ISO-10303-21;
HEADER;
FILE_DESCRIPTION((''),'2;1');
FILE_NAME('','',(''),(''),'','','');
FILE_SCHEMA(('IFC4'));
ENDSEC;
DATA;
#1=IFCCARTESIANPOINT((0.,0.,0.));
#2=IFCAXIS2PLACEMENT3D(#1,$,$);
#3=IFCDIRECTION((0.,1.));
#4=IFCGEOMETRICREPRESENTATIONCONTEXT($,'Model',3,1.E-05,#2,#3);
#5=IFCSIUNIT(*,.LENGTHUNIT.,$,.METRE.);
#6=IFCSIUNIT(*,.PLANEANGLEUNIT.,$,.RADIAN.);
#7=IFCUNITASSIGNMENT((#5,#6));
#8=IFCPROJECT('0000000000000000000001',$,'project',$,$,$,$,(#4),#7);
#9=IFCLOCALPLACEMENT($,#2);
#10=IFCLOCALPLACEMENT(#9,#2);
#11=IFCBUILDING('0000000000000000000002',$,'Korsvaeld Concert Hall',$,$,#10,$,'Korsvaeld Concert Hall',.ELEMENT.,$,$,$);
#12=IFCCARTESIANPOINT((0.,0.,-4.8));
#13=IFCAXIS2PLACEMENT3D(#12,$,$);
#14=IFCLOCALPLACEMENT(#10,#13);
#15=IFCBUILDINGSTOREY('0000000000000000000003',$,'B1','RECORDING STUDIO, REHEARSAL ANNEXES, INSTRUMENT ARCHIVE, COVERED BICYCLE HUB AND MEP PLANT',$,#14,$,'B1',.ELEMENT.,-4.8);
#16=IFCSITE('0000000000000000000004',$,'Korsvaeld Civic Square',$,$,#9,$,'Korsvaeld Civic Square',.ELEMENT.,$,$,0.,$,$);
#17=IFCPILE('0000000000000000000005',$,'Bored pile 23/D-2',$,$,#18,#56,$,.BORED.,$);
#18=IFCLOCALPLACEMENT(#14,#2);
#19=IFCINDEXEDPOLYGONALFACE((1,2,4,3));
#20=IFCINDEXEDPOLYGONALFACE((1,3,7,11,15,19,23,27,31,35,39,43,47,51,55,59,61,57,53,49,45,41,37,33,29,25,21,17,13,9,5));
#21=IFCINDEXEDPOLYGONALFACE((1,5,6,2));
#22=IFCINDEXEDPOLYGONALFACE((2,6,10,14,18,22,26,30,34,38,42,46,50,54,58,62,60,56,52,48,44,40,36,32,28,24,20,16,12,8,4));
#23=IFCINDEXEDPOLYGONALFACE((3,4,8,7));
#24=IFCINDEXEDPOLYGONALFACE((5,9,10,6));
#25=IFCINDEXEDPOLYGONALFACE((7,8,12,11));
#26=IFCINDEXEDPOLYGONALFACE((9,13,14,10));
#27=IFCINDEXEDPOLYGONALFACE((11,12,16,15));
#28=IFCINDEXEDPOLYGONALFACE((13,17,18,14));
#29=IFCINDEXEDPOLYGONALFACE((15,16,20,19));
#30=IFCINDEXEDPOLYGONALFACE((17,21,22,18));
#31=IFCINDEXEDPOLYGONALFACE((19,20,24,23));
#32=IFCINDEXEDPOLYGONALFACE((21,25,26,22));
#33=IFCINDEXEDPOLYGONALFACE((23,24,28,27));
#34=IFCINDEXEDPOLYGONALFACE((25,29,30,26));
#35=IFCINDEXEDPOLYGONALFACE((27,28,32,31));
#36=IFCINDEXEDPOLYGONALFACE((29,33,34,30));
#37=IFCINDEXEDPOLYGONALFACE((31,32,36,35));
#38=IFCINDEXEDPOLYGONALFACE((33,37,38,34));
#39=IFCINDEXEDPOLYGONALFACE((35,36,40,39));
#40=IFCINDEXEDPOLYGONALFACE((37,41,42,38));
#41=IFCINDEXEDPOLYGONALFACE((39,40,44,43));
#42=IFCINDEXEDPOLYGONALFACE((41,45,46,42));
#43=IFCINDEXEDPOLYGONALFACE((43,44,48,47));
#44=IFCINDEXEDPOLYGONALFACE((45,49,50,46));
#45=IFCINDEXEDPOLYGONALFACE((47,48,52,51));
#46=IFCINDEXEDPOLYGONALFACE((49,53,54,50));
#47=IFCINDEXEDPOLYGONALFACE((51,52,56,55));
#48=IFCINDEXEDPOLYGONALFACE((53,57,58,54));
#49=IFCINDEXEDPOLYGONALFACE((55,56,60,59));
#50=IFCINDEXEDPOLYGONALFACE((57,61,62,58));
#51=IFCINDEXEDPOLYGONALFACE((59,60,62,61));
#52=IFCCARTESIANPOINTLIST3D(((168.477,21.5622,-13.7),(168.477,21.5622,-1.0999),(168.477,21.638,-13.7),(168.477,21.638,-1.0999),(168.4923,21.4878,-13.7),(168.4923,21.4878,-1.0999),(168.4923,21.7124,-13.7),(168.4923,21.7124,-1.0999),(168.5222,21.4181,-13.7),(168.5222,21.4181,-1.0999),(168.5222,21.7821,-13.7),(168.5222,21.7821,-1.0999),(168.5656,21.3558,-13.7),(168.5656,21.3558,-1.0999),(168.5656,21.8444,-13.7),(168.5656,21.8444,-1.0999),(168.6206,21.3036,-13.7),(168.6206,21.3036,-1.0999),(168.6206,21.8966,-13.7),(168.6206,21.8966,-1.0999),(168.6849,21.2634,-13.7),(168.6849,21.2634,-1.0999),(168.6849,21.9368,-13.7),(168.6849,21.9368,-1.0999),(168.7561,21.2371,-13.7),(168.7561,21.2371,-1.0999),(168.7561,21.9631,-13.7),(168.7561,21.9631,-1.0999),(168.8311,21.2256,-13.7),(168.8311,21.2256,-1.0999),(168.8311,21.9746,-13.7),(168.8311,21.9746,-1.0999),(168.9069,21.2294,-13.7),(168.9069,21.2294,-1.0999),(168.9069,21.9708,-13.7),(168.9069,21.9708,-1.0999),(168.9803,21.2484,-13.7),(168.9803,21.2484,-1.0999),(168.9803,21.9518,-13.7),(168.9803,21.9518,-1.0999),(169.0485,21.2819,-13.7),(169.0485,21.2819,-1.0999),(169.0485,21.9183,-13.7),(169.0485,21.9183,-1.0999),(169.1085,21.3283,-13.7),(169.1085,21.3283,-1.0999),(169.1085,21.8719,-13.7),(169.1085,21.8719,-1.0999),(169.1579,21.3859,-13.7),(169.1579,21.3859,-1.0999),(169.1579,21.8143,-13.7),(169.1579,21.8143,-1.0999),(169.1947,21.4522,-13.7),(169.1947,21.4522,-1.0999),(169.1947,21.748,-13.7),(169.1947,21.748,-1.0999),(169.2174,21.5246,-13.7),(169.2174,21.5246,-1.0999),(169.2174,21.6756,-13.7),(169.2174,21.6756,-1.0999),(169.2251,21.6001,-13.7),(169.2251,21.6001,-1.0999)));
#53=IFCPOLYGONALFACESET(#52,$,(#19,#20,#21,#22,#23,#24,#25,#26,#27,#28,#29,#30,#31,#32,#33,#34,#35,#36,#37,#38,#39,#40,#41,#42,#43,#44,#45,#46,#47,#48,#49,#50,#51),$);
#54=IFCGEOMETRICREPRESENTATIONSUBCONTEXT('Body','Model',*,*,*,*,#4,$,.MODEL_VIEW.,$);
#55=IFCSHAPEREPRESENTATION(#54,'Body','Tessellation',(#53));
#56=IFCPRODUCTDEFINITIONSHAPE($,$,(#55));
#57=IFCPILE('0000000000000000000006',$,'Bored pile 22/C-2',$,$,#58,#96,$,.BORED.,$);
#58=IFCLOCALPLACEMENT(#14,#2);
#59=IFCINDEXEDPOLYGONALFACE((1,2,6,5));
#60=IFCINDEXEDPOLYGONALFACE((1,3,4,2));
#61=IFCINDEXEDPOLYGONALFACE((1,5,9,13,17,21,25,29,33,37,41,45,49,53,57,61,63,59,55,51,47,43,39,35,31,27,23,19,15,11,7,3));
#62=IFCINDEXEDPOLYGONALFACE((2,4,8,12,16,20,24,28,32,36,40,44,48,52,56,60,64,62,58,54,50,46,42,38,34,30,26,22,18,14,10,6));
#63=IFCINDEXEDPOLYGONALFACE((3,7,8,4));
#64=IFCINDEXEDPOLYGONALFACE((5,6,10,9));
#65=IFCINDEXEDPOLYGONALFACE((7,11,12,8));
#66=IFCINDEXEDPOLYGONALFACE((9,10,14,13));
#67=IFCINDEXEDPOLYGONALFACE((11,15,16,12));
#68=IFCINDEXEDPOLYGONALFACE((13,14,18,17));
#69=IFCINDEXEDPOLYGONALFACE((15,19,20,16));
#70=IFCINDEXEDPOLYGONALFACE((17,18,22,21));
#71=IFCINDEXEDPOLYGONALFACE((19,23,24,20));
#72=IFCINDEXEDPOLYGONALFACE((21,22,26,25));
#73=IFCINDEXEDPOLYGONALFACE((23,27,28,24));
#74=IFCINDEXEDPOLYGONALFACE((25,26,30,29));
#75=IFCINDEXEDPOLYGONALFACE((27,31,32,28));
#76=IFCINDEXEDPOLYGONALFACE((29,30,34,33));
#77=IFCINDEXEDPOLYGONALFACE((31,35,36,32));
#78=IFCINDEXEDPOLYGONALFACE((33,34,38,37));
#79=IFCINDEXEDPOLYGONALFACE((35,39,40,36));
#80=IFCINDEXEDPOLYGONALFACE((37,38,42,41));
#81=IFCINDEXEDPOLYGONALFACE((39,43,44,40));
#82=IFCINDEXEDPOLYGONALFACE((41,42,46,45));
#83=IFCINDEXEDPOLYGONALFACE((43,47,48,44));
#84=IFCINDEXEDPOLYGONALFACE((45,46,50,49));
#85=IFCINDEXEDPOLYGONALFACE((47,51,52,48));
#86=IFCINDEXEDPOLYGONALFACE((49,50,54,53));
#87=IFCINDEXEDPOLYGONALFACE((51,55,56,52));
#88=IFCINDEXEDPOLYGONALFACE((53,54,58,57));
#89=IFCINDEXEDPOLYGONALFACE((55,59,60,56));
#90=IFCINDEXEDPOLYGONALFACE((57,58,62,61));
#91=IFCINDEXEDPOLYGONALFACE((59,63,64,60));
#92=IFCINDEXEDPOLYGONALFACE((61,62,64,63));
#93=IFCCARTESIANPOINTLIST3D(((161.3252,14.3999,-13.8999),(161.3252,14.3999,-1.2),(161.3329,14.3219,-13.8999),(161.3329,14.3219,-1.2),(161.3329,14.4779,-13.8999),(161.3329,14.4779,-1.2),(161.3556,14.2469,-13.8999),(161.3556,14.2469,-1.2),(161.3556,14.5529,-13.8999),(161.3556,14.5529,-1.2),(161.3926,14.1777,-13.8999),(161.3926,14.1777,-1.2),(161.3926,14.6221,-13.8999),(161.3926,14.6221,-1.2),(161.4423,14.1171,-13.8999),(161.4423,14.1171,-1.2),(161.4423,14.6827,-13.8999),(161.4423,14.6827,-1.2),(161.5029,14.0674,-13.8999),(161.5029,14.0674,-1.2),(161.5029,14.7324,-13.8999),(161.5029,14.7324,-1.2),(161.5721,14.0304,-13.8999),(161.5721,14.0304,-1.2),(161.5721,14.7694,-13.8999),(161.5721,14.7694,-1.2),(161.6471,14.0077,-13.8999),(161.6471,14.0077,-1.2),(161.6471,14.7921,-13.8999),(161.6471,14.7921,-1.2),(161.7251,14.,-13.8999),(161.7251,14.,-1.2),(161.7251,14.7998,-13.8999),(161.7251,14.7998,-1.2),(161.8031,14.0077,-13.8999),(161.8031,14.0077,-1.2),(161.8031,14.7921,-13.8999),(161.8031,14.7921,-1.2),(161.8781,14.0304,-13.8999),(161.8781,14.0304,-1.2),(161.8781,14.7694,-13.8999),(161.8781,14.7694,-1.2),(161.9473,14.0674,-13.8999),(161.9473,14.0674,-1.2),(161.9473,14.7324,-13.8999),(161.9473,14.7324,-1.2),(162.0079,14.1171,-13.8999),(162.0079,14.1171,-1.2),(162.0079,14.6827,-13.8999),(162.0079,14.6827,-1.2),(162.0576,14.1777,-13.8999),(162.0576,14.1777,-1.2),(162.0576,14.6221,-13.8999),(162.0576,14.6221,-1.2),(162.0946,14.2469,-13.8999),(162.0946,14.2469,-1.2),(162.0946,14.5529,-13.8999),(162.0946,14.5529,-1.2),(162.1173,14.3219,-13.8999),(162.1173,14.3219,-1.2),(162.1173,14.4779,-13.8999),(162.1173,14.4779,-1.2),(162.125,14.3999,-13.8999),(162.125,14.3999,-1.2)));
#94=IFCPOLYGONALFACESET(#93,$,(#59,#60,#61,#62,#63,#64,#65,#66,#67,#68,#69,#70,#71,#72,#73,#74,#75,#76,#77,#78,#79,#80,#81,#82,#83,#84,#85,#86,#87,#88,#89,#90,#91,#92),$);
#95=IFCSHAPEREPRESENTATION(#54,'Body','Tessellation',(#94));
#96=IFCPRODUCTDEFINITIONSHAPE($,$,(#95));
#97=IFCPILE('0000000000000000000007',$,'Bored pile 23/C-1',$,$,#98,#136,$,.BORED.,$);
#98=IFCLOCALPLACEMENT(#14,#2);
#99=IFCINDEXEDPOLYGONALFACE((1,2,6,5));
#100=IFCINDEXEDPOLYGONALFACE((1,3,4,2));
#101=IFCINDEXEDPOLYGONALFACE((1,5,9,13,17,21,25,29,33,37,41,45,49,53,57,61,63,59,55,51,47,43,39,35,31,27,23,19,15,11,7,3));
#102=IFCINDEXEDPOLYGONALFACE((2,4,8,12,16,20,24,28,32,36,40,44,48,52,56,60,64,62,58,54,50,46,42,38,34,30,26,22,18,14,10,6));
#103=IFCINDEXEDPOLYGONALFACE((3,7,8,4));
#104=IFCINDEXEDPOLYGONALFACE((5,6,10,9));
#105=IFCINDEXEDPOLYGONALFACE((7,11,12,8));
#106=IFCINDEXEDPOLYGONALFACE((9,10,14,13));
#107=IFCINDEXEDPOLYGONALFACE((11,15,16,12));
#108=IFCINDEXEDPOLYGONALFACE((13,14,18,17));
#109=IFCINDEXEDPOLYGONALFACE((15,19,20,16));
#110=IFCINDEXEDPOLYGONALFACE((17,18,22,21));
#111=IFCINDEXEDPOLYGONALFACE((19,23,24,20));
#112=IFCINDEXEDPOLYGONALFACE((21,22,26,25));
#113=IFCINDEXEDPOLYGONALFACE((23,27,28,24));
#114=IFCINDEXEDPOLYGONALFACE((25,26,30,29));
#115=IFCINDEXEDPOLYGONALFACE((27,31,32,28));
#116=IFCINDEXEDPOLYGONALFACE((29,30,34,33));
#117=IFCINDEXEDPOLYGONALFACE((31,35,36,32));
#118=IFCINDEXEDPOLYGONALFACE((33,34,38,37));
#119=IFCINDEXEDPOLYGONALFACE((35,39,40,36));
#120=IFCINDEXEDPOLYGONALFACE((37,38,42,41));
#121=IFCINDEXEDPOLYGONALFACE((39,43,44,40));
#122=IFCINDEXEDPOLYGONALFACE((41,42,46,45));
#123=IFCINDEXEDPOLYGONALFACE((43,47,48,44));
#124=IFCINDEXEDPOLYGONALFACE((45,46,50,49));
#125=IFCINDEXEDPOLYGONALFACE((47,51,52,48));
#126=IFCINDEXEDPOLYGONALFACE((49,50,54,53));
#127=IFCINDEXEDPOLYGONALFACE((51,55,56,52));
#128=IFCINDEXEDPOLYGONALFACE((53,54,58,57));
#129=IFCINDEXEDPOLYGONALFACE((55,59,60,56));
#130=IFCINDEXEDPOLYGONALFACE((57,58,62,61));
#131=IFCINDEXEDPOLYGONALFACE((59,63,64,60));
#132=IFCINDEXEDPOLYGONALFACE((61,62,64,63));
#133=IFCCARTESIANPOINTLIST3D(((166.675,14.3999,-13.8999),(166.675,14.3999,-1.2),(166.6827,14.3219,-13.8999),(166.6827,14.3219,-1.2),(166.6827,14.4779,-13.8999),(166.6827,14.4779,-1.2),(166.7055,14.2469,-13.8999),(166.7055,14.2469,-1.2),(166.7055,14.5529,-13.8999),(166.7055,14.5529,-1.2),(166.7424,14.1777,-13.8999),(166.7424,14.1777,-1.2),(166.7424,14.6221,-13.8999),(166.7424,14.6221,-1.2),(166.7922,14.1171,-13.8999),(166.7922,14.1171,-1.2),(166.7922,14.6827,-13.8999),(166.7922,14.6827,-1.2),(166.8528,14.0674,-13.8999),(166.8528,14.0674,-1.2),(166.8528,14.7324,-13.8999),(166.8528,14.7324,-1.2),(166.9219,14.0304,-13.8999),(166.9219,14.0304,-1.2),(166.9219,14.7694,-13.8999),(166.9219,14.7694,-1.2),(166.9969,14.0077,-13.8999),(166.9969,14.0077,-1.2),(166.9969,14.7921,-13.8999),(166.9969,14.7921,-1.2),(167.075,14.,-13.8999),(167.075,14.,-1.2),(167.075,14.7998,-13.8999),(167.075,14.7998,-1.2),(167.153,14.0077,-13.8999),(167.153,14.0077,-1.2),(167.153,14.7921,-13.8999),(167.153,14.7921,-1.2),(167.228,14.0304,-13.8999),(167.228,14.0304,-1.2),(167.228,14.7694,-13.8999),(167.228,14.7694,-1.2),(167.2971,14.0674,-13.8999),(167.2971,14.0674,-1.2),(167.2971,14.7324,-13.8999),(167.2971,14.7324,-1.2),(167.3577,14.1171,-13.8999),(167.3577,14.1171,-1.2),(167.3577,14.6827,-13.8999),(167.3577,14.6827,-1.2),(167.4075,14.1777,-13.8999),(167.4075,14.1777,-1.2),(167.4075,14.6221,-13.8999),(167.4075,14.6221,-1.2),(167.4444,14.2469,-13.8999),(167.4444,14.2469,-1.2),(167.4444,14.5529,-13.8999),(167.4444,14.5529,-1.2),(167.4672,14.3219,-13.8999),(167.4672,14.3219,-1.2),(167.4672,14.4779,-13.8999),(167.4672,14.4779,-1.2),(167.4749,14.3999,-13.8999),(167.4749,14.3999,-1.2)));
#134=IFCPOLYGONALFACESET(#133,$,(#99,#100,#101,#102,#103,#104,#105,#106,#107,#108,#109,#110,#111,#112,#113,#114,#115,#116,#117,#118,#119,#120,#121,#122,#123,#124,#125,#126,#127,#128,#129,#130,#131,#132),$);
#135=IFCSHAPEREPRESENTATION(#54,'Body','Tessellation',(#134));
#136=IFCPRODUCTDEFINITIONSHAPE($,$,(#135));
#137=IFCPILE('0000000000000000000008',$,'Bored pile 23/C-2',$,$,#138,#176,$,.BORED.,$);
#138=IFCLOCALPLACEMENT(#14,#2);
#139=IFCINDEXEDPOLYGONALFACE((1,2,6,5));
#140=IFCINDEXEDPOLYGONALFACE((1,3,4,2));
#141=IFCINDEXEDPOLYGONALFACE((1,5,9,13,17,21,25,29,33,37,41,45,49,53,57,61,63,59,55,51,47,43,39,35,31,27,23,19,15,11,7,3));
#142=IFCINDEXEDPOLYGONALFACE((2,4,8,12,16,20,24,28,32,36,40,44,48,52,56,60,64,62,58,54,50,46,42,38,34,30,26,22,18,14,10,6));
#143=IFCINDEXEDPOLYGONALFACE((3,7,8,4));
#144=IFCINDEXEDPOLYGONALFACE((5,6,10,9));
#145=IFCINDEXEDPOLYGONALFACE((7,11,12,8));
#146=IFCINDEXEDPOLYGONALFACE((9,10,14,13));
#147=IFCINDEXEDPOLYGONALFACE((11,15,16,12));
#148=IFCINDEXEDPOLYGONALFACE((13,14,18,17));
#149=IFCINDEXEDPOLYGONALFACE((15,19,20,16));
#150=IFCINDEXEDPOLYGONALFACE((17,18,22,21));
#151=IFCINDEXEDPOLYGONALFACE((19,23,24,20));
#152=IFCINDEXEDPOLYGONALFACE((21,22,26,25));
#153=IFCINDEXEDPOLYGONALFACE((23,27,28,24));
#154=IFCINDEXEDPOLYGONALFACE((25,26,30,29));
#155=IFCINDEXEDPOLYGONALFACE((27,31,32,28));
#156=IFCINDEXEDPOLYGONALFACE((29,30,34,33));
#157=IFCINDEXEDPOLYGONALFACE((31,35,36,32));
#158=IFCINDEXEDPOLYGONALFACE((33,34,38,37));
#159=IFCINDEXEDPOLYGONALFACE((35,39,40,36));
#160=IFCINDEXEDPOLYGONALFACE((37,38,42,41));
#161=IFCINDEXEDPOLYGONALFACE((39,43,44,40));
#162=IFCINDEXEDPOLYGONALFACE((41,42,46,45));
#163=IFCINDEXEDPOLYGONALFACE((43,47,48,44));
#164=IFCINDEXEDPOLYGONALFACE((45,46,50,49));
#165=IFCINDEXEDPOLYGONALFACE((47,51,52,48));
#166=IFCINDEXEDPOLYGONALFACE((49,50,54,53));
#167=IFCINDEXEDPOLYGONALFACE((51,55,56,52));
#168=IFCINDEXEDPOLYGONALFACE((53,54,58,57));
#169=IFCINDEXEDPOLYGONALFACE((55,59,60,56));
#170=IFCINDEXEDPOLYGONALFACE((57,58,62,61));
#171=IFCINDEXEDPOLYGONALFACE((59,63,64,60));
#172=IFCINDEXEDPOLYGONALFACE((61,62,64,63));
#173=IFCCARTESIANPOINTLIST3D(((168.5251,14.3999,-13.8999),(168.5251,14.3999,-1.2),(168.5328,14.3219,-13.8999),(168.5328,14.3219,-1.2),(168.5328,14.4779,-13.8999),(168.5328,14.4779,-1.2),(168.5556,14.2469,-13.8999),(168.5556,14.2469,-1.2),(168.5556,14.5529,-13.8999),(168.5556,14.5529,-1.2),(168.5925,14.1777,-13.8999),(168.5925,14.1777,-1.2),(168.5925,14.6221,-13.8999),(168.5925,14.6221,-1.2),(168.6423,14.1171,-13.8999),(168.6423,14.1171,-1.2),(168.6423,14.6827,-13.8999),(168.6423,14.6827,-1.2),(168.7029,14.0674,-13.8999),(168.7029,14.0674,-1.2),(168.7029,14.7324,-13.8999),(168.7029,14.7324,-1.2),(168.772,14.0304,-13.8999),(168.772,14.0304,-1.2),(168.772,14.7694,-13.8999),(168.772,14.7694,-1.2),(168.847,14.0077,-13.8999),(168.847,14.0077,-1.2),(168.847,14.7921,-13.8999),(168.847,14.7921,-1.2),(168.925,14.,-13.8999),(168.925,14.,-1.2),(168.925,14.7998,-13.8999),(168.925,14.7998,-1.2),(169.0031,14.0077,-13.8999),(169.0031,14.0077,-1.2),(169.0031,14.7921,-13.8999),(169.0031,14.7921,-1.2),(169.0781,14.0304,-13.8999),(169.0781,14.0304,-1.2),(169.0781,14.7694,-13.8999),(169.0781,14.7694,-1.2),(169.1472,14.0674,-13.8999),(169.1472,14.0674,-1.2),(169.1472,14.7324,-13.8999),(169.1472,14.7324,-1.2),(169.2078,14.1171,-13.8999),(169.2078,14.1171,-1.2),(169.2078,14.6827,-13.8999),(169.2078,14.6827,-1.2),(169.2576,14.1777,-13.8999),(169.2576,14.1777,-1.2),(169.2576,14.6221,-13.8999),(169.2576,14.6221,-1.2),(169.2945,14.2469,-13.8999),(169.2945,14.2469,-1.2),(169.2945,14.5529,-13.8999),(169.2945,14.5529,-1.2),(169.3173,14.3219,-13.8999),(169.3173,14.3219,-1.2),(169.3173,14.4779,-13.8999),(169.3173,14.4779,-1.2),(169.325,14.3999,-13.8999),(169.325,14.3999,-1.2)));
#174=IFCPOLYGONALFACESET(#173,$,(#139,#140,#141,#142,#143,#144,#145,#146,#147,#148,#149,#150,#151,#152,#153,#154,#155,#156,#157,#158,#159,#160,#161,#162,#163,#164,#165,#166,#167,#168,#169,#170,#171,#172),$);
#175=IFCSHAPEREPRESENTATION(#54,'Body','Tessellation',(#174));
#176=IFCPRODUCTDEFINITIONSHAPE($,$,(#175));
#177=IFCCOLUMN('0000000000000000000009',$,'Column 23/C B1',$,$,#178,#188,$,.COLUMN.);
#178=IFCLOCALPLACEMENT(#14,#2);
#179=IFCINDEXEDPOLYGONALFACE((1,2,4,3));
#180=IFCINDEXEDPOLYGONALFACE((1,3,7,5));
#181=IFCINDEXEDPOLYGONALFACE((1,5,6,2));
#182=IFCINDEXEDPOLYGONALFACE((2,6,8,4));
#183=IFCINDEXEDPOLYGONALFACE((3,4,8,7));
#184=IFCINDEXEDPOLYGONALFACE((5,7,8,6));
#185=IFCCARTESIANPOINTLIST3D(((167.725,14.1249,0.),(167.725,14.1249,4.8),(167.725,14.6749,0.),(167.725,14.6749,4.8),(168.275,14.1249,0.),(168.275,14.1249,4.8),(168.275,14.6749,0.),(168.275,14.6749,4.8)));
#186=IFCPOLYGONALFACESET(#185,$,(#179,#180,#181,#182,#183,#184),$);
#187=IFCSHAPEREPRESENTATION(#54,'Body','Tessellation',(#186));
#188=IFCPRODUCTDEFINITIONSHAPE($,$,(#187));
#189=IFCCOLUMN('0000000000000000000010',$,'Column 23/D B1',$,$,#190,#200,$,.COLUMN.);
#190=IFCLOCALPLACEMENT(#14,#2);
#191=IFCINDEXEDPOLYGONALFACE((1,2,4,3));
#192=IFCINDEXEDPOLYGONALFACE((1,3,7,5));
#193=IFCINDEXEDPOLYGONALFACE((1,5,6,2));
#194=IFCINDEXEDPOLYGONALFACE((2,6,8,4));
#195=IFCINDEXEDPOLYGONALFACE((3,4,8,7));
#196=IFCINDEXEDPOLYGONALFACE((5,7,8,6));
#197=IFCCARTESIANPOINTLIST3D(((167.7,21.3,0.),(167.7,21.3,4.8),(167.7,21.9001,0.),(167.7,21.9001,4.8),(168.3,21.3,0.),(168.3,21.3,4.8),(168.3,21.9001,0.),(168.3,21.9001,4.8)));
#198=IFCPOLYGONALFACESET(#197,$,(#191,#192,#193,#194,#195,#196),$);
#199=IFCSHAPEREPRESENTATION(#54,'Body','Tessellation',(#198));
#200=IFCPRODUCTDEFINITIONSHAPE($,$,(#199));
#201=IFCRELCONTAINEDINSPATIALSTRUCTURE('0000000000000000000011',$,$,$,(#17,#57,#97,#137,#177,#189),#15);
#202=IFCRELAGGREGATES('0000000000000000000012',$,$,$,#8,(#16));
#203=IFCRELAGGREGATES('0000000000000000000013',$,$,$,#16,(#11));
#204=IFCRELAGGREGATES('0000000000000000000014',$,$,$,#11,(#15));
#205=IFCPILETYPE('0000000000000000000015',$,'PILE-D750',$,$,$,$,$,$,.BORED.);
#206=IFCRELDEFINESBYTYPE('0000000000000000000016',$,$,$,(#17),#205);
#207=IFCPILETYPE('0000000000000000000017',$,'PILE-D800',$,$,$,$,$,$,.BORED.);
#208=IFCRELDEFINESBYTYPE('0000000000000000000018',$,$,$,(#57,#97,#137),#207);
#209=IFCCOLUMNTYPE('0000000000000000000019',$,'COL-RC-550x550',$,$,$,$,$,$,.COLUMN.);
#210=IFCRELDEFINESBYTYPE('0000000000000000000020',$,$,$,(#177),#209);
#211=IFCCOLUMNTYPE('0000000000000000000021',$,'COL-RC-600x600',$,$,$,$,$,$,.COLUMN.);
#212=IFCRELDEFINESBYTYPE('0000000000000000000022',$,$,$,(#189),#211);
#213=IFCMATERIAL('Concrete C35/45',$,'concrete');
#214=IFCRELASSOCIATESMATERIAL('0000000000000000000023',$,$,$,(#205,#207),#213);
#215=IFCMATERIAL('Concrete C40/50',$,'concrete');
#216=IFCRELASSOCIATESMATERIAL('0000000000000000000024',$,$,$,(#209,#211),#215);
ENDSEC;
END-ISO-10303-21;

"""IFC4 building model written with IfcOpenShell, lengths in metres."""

from ifc_helpers import new_model, si_unit, direction, frame, origin, origin_2d, place, context, subcontext, project, spatial, rectangle, circle, extrude, material, material_profile, profile_set, type_object, element, save


model = new_model("IFC4")

# Units and contexts
model_context = context("Model", 3, precision=1e-05, world=origin(), true_north=direction((0.0, 1.0)))
body_context = subcontext(model_context, "Body", "Model", "MODEL_VIEW")
ifc_project = project(units=[si_unit("LENGTHUNIT", "METRE"), si_unit("PLANEANGLEUNIT", "RADIAN")], contexts=[model_context])

# Site, building, storey
site_placement = place(None, origin())
site = spatial("IfcSite", under=ifc_project, at=site_placement, Name="Korsvaeld Civic Square", LongName="Korsvaeld Civic Square", CompositionType="ELEMENT", RefElevation=0.0)
building_placement = place(site_placement, origin())
building = spatial("IfcBuilding", under=site, at=building_placement, Name="Korsvaeld Concert Hall", LongName="Korsvaeld Concert Hall", CompositionType="ELEMENT")
storey_placement = place(building_placement, frame((0.0, 0.0, -4.8)))
storey = spatial("IfcBuildingStorey", under=building, at=storey_placement, Name="B1", Description="RECORDING STUDIO, REHEARSAL ANNEXES, INSTRUMENT ARCHIVE, COVERED BICYCLE HUB AND MEP PLANT", LongName="B1", CompositionType="ELEMENT", Elevation=-4.8)

# Shared definitions
ifc_material_1 = material(Name="Concrete C35/45", Category="concrete")

# Piles
ifc_material_profile_1 = material_profile(ifc_material_1, circle(Radius=0.375, at=origin_2d()), Name="BORED PILE D750")
ifc_profile_set_1 = profile_set([ifc_material_profile_1], Name="Concrete C35/45")
pile_type_1 = type_object("IfcPileType", Name="PILE-D750", PredefinedType="BORED", material=ifc_profile_set_1)
for number, where, z_axis, x_axis, name in (
    (1, (168.8501, 21.6001, -1.0999), (0.0, 0.0, -1.0), (1.0, 0.0, 0.0), "Bored pile 23/D-2"),
):
    element("IfcPile", number, at=place(storey_placement, frame(where, z_axis=z_axis, x_axis=x_axis)), inside=storey, type_object=pile_type_1, Name=name, PredefinedType="BORED", context=body_context, shape_type="SweptSolid", body=[
        extrude(circle(Radius=0.375, at=origin_2d()), origin(), (0.0, 0.0, 1.0), 12.6001),
    ])
ifc_material_profile_2 = material_profile(ifc_material_1, circle(Radius=0.3999, at=origin_2d()), Name="BORED PILE D800")
ifc_profile_set_2 = profile_set([ifc_material_profile_2], Name="Concrete C35/45")
pile_type_2 = type_object("IfcPileType", Name="PILE-D800", PredefinedType="BORED", material=ifc_profile_set_2)
for number, where, z_axis, x_axis, name in (
    (2, (161.7251, 14.3999, -1.2), (0.0, 0.0, -1.0), (1.0, 0.0, 0.0), "Bored pile 22/C-2"),
    (3, (167.075, 14.3999, -1.2), (0.0, 0.0, -1.0), (1.0, 0.0, 0.0), "Bored pile 23/C-1"),
    (4, (168.925, 14.3999, -1.2), (0.0, 0.0, -1.0), (1.0, 0.0, 0.0), "Bored pile 23/C-2"),
):
    element("IfcPile", number, at=place(storey_placement, frame(where, z_axis=z_axis, x_axis=x_axis)), inside=storey, type_object=pile_type_2, Name=name, PredefinedType="BORED", context=body_context, shape_type="SweptSolid", body=[
        extrude(circle(Radius=0.3999, at=origin_2d()), origin(), (0.0, 0.0, 1.0), 12.7),
    ])

# Columns
ifc_material_2 = material(Name="Concrete C40/50", Category="concrete")
ifc_material_profile_3 = material_profile(ifc_material_2, rectangle(XDim=0.55, YDim=0.55, at=origin_2d()), Name="RC 550x550")
ifc_profile_set_3 = profile_set([ifc_material_profile_3], Name="Concrete C40/50")
column_type_1 = type_object("IfcColumnType", Name="COL-RC-550x550", PredefinedType="COLUMN", material=ifc_profile_set_3)
column_1_placement = place(storey_placement, frame((168.0, 14.3999, 0.0), z_axis=(0.0, 0.0, 1.0), x_axis=(1.0, 0.0, 0.0)))
element("IfcColumn", 5, at=column_1_placement, inside=storey, type_object=column_type_1, Name="Column 23/C B1", PredefinedType="COLUMN", context=body_context, shape_type="SweptSolid", body=[
    extrude(rectangle(XDim=0.55, YDim=0.55, at=origin_2d()), origin(), (0.0, 0.0, 1.0), 4.8),
])
ifc_material_profile_4 = material_profile(ifc_material_2, rectangle(XDim=0.6001, YDim=0.6001, at=origin_2d()), Name="RC 600x600")
ifc_profile_set_4 = profile_set([ifc_material_profile_4], Name="Concrete C40/50")
column_type_2 = type_object("IfcColumnType", Name="COL-RC-600x600", PredefinedType="COLUMN", material=ifc_profile_set_4)
column_2_placement = place(storey_placement, frame((168.0, 21.6001, 0.0), z_axis=(0.0, 0.0, 1.0), x_axis=(1.0, 0.0, 0.0)))
element("IfcColumn", 6, at=column_2_placement, inside=storey, type_object=column_type_2, Name="Column 23/D B1", PredefinedType="COLUMN", context=body_context, shape_type="SweptSolid", body=[
    extrude(rectangle(XDim=0.6001, YDim=0.6001, at=origin_2d()), origin(), (0.0, 0.0, 1.0), 4.8),
])

save(model, "model.ifc")
